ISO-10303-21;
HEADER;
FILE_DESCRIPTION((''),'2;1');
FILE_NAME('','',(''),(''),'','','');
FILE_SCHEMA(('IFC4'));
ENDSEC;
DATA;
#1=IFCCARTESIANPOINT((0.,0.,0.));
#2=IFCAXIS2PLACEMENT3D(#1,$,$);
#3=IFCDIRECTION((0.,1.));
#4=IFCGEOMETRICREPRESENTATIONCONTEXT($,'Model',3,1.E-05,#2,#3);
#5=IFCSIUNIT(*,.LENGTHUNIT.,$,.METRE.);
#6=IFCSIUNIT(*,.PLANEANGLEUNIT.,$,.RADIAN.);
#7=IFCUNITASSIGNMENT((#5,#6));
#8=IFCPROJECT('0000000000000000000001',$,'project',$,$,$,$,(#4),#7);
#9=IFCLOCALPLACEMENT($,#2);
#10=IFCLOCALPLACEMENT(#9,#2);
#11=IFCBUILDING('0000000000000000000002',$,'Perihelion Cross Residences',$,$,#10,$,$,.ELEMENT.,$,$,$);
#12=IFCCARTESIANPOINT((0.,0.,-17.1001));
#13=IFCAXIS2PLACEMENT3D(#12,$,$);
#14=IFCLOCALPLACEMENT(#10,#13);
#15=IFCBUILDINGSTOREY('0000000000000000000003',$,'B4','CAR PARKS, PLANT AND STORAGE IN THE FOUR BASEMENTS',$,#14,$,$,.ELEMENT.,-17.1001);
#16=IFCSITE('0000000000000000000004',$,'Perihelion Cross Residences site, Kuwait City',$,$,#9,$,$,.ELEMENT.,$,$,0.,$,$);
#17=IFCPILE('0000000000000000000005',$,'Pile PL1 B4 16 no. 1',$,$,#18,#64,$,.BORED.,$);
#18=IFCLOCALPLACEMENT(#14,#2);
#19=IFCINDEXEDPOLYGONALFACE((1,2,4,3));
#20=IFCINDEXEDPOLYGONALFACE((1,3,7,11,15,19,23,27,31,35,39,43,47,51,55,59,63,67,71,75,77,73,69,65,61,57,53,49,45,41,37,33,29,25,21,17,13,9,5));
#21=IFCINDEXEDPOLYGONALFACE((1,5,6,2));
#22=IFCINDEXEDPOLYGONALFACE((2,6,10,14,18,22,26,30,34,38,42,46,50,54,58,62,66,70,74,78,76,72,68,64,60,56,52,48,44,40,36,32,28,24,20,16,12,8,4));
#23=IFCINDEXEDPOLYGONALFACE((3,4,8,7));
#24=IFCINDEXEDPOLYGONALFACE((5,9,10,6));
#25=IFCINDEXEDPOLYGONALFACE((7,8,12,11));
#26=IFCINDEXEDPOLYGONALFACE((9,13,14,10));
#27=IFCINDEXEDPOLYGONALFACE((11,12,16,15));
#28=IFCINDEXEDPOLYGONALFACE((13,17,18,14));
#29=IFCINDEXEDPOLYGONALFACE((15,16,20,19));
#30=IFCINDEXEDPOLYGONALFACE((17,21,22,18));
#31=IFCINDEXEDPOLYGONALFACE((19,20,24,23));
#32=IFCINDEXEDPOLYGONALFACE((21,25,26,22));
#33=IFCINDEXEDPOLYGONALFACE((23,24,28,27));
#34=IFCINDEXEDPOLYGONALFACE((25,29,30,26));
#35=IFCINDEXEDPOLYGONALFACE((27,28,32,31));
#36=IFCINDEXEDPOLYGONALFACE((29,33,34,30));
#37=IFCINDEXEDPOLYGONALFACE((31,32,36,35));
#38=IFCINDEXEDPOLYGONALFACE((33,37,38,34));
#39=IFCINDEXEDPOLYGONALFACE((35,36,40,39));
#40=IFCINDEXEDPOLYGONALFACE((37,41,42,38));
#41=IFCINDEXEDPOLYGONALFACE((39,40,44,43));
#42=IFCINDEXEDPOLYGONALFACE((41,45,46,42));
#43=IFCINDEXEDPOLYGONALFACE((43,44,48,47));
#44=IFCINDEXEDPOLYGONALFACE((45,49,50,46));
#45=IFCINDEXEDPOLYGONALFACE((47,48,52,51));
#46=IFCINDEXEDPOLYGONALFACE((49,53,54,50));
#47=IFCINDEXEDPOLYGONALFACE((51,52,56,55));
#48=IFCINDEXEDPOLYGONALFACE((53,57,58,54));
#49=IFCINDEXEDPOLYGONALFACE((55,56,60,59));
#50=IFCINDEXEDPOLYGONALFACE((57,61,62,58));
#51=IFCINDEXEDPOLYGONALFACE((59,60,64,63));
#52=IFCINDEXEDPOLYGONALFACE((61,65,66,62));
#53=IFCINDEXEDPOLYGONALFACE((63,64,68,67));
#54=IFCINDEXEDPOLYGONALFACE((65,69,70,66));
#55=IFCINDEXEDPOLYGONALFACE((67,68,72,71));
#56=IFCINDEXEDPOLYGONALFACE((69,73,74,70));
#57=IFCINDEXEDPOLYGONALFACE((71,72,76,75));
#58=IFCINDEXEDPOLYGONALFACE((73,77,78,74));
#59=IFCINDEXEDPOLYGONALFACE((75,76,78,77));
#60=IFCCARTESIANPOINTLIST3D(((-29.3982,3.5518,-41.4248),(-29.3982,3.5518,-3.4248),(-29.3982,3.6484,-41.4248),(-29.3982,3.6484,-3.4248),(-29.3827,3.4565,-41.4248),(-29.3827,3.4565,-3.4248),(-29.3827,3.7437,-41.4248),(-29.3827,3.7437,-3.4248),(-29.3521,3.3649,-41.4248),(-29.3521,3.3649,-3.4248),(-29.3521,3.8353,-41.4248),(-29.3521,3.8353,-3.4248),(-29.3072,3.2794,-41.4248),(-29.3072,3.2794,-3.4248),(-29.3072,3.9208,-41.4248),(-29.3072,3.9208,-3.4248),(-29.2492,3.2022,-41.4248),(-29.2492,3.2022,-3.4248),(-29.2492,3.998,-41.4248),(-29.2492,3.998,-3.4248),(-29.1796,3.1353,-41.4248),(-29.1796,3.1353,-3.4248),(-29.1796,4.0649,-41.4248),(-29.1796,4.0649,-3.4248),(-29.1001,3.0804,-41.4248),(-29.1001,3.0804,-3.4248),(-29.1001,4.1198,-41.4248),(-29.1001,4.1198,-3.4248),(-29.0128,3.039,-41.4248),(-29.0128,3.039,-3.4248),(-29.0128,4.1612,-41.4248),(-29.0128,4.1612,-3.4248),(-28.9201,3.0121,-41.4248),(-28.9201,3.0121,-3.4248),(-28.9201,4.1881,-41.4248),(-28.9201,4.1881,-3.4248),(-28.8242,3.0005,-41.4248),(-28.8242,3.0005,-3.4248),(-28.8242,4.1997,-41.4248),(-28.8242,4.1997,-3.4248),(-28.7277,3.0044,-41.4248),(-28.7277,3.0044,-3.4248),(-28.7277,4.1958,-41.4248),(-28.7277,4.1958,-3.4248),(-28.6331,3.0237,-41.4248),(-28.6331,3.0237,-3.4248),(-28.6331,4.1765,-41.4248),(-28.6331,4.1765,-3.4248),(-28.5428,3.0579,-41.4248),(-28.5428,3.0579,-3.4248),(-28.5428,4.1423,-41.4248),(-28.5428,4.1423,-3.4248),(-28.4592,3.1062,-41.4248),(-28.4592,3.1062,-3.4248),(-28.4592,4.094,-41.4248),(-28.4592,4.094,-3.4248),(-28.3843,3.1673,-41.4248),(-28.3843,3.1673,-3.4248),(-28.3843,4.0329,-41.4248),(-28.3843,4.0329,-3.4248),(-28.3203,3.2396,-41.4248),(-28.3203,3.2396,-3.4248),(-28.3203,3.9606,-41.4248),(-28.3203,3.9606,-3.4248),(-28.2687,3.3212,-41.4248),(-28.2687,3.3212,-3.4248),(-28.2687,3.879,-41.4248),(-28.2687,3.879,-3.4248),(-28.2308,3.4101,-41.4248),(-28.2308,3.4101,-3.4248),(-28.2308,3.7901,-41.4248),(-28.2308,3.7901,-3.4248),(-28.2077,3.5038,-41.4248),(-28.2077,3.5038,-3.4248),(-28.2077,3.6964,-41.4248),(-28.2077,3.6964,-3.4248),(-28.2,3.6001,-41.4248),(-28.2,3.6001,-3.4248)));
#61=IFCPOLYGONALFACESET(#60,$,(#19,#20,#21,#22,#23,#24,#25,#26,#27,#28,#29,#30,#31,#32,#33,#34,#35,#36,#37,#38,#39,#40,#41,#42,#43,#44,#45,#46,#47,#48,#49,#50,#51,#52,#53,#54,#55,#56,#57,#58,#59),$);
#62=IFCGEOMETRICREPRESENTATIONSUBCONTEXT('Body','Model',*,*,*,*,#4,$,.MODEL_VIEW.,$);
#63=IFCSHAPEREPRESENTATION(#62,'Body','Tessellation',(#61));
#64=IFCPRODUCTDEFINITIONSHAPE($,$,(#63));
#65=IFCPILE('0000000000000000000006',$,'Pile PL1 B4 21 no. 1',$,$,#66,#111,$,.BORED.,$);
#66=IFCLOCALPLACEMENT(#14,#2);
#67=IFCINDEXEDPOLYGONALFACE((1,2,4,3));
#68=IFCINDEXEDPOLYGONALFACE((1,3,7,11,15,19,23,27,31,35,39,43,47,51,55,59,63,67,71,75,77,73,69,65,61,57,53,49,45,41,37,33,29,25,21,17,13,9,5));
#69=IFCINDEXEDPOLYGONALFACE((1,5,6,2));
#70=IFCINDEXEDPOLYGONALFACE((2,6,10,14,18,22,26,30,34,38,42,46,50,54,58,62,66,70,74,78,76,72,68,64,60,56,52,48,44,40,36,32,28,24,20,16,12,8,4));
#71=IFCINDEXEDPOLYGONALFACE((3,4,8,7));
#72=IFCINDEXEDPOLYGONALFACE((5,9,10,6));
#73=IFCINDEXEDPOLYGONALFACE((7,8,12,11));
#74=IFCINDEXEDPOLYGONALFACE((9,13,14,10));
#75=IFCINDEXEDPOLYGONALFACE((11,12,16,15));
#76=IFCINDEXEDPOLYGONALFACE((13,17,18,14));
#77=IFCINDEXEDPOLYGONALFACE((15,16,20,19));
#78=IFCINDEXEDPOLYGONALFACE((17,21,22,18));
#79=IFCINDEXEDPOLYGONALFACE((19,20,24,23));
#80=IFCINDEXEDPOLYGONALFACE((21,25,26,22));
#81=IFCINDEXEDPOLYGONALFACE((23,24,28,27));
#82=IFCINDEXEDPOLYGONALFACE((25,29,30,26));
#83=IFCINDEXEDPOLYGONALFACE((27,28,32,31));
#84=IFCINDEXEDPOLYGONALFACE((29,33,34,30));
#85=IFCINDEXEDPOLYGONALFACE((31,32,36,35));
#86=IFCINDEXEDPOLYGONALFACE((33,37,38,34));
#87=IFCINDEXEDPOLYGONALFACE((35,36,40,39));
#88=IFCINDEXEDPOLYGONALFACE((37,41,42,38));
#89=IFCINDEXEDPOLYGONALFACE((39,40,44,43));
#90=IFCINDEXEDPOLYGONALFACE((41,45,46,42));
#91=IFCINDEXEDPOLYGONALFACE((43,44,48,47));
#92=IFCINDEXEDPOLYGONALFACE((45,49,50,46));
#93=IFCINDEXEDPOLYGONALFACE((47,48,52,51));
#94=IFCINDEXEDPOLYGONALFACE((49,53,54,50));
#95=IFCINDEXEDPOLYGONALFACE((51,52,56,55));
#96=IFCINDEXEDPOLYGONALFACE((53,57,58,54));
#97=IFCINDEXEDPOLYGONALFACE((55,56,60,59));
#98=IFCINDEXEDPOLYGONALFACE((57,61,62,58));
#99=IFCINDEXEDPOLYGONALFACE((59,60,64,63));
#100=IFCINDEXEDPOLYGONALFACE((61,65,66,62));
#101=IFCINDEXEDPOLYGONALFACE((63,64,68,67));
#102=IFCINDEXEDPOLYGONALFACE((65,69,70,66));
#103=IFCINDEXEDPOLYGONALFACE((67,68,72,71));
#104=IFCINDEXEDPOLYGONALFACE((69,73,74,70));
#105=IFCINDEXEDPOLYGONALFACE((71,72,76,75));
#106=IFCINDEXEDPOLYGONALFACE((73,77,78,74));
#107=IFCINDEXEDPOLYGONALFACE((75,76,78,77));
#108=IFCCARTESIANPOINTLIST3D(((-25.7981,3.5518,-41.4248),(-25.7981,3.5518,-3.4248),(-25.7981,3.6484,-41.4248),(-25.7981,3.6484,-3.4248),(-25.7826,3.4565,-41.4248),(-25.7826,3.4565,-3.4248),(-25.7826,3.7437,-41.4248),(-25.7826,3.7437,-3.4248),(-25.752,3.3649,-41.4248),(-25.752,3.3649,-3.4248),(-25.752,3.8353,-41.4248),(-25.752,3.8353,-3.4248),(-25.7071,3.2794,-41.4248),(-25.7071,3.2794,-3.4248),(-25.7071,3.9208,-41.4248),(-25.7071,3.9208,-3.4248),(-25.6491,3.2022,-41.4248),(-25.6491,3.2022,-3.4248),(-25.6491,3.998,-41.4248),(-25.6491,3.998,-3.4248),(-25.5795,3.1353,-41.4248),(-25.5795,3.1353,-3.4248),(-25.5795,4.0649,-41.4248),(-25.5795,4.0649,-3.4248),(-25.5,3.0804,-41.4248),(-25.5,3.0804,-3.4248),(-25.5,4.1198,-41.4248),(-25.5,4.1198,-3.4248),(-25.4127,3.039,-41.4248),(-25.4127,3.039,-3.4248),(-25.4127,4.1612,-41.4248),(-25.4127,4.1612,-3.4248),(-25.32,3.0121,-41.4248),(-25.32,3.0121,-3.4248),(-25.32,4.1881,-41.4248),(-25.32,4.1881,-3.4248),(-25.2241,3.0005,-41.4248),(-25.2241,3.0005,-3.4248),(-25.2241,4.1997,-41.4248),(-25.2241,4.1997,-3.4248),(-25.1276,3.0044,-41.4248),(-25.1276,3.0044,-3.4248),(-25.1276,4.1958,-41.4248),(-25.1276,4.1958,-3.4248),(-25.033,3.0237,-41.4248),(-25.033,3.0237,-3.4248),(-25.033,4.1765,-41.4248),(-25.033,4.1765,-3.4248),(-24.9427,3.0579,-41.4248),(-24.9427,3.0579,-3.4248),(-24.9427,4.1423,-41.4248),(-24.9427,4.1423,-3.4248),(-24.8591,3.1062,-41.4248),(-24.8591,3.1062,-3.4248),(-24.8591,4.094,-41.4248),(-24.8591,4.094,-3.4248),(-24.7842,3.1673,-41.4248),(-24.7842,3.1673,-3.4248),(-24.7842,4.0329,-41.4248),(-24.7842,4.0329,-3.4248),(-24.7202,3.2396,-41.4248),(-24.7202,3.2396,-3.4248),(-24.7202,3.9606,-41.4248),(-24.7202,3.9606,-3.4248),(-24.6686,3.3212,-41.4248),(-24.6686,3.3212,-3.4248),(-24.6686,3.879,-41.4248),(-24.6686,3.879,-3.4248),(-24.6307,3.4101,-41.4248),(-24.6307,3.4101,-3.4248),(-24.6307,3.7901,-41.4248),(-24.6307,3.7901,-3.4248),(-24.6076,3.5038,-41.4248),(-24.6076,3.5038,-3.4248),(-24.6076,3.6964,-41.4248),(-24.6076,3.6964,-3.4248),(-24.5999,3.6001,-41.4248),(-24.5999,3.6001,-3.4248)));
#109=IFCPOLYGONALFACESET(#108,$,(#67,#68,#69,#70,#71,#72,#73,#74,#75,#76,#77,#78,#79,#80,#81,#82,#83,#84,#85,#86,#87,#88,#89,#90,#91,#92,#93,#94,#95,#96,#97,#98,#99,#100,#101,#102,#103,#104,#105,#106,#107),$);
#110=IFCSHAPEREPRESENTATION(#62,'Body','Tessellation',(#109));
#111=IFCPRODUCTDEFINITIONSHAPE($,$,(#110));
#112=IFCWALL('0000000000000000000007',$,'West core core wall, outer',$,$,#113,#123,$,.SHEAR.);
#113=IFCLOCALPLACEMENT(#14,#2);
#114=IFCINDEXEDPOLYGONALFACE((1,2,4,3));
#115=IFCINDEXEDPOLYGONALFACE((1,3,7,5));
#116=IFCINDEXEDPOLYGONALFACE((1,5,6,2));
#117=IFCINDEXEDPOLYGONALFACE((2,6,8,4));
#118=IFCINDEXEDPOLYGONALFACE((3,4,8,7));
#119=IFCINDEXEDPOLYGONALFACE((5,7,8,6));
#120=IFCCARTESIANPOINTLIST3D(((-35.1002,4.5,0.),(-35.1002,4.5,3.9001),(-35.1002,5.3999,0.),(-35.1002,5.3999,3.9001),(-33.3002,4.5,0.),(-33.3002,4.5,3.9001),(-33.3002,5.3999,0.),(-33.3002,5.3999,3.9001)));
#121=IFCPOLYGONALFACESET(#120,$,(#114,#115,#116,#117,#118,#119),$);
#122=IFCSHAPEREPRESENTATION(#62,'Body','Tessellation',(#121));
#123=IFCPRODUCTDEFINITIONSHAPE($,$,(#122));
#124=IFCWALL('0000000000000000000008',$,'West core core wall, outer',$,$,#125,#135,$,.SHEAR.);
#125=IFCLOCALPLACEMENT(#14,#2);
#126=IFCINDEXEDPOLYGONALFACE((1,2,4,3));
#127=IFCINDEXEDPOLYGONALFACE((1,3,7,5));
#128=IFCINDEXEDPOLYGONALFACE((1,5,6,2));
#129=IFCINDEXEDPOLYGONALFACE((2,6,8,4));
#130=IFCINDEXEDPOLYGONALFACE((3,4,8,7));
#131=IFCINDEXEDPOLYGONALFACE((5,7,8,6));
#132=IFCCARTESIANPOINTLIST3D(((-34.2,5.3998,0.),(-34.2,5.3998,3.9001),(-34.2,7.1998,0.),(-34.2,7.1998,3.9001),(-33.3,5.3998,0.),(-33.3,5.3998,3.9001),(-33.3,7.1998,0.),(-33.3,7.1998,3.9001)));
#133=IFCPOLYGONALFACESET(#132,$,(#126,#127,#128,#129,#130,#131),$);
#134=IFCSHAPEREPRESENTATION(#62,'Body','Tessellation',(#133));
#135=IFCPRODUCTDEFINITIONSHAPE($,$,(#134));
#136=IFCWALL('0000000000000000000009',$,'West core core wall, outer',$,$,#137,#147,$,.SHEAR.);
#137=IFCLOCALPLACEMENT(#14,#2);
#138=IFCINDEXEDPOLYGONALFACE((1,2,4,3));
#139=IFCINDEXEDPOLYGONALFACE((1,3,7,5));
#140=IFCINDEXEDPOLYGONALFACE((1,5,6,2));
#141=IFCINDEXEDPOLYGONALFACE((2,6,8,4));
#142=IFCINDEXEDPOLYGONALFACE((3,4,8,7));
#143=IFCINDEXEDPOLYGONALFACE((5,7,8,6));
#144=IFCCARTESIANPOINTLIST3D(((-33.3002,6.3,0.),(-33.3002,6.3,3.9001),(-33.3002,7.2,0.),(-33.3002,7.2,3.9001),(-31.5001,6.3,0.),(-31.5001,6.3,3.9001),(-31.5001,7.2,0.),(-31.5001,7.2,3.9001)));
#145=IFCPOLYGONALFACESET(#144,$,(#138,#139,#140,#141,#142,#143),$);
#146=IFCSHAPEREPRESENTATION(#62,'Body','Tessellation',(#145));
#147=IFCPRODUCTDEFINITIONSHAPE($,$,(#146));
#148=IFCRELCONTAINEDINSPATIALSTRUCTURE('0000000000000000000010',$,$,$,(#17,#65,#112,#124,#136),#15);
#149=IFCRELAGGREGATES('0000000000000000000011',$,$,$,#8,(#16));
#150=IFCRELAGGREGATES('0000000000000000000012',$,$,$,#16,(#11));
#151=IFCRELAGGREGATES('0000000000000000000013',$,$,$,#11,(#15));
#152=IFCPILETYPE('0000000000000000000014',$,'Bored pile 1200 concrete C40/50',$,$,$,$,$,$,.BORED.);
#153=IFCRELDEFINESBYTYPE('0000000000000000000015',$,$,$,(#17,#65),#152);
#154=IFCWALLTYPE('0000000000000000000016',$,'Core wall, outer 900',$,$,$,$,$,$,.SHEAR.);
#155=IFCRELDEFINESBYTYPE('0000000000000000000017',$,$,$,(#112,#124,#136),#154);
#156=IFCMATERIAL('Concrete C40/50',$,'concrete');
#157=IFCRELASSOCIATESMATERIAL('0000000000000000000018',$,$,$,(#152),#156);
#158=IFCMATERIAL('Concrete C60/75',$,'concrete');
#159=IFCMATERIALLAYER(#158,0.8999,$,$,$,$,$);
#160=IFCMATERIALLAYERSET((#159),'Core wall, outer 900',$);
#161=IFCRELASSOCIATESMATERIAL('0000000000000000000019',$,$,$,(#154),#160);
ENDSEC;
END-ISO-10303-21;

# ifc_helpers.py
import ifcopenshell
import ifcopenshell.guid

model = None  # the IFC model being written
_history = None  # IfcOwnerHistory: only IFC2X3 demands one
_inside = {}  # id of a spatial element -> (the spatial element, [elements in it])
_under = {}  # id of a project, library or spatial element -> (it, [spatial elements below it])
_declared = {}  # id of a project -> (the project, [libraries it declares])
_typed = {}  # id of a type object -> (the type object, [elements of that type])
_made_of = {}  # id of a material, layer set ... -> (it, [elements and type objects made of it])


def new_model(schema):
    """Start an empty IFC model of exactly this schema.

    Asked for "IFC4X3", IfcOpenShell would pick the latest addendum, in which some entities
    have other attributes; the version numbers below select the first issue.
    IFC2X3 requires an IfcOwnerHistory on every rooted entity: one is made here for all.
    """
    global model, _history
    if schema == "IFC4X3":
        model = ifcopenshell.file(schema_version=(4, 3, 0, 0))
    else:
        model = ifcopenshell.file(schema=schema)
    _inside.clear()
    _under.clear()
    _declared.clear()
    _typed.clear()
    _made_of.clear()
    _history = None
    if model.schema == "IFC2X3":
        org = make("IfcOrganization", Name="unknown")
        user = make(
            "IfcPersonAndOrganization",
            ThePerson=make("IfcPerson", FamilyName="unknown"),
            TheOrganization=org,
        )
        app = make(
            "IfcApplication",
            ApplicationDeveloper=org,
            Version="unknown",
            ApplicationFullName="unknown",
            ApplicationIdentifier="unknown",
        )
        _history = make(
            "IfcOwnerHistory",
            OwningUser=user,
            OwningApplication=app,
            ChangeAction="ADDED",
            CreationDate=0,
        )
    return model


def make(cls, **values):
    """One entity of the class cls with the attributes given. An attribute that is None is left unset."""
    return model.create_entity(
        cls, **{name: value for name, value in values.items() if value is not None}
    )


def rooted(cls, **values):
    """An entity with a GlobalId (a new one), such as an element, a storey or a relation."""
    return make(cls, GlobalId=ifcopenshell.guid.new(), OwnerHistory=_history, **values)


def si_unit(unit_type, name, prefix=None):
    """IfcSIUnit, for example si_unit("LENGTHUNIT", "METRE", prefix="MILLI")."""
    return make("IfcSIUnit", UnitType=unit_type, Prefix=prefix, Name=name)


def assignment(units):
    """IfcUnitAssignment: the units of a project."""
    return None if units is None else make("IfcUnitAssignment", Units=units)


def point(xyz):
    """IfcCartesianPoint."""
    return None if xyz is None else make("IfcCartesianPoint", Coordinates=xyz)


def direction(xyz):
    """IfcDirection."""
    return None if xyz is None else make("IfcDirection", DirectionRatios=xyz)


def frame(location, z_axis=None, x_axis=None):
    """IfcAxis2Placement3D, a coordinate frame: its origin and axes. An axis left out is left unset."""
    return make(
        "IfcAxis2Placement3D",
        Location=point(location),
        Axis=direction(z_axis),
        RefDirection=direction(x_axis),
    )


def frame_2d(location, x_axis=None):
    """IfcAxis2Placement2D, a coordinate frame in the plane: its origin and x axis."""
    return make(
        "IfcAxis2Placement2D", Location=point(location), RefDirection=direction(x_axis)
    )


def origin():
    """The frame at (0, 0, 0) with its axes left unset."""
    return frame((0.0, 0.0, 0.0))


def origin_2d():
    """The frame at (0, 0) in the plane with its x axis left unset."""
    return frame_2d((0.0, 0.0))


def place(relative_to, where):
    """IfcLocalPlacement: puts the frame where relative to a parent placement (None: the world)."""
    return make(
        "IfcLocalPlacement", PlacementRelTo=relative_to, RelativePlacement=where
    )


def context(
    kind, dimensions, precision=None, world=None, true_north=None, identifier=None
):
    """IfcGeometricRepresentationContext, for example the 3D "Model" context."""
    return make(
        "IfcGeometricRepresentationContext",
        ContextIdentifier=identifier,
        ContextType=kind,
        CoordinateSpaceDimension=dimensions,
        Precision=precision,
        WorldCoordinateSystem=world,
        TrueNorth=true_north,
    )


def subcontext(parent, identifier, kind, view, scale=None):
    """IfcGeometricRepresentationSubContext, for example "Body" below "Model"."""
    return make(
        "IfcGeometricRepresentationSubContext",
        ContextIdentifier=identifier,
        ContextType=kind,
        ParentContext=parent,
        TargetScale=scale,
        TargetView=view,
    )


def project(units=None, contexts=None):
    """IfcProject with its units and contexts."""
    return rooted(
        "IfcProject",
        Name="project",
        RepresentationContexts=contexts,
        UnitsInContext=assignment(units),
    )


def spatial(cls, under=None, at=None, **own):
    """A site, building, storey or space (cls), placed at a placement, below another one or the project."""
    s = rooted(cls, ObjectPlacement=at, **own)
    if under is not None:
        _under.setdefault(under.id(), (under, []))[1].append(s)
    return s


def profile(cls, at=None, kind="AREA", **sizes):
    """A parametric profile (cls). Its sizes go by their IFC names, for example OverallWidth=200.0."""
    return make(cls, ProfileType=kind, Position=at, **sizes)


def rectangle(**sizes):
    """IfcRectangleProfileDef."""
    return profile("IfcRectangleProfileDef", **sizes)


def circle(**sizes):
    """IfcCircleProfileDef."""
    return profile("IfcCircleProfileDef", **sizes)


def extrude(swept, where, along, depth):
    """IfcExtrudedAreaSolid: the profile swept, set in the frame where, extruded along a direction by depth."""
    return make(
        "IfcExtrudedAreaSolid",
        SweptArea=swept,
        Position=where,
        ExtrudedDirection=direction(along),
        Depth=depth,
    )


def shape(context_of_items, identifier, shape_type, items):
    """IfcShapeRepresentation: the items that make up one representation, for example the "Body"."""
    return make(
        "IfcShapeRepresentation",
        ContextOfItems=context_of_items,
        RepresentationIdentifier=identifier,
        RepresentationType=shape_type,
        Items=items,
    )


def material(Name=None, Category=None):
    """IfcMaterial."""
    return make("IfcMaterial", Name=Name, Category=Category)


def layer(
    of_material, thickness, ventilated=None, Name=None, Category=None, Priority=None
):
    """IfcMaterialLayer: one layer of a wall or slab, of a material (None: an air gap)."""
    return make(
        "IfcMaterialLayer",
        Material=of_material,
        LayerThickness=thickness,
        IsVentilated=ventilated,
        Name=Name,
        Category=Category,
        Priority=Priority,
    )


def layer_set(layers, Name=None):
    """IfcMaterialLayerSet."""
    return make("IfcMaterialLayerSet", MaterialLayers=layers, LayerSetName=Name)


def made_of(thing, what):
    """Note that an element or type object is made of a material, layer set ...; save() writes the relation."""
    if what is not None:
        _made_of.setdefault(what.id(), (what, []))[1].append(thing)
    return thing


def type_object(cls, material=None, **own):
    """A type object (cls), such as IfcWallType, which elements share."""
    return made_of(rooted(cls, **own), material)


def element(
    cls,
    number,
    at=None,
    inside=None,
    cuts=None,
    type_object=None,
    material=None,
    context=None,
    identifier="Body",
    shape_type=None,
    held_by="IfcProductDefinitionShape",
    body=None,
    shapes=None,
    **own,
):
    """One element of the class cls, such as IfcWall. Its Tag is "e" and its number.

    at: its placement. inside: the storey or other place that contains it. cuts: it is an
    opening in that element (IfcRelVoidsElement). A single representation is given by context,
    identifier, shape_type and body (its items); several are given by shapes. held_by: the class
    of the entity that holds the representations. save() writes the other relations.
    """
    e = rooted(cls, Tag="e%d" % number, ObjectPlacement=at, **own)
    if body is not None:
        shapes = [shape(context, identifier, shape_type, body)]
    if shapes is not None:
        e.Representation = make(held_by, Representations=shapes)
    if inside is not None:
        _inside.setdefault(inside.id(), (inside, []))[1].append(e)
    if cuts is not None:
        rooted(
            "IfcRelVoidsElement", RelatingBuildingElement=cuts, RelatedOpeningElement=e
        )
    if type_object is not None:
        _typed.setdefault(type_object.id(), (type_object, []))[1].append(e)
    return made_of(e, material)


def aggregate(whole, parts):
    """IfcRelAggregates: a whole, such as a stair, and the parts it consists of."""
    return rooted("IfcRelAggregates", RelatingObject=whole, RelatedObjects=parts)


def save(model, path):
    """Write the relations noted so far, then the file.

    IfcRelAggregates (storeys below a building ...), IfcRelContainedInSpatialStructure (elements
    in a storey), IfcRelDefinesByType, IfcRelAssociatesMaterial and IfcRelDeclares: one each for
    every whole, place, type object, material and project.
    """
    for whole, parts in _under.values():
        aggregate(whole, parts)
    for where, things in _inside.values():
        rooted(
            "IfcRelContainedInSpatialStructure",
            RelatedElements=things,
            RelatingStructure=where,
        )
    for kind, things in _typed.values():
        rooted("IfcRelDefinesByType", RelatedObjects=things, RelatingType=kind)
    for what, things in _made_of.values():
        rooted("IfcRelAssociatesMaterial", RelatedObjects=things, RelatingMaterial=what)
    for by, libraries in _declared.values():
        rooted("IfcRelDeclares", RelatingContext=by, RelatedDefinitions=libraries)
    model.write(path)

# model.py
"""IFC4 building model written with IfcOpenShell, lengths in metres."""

from ifc_helpers import new_model, si_unit, direction, frame, frame_2d, origin, origin_2d, place, context, subcontext, project, spatial, rectangle, circle, extrude, material, layer, layer_set, type_object, element, save


model = new_model("IFC4")

# Units and contexts
model_context = context("Model", 3, precision=1e-05, world=origin(), true_north=direction((0.0, 1.0)))
body_context = subcontext(model_context, "Body", "Model", "MODEL_VIEW")
ifc_project = project(units=[si_unit("LENGTHUNIT", "METRE"), si_unit("PLANEANGLEUNIT", "RADIAN")], contexts=[model_context])

# Site, building, storey
site_placement = place(None, origin())
site = spatial("IfcSite", under=ifc_project, at=site_placement, Name="Perihelion Cross Residences site, Kuwait City", CompositionType="ELEMENT", RefElevation=0.0)
building_placement = place(site_placement, origin())
building = spatial("IfcBuilding", under=site, at=building_placement, Name="Perihelion Cross Residences", CompositionType="ELEMENT")
storey_placement = place(building_placement, frame((0.0, 0.0, -17.1001)))
storey = spatial("IfcBuildingStorey", under=building, at=storey_placement, Name="B4", Description="CAR PARKS, PLANT AND STORAGE IN THE FOUR BASEMENTS", CompositionType="ELEMENT", Elevation=-17.1001)

# Piles
ifc_material_1 = material(Name="Concrete C40/50", Category="concrete")
pile_type = type_object("IfcPileType", Name="Bored pile 1200 concrete C40/50", PredefinedType="BORED", material=ifc_material_1)
for number, where, z_axis, x_axis, name in (
    (1, (-28.8, 3.6001, -3.4248), (0.0, 0.0, -1.0), (1.0, 0.0, 0.0), "Pile PL1 B4 16 no. 1"),
    (2, (-25.2, 3.6001, -3.4248), (0.0, 0.0, -1.0), (1.0, 0.0, 0.0), "Pile PL1 B4 21 no. 1"),
):
    element("IfcPile", number, at=place(storey_placement, frame(where, z_axis=z_axis, x_axis=x_axis)), inside=storey, type_object=pile_type, Name=name, PredefinedType="BORED", context=body_context, shape_type="SweptSolid", body=[
        extrude(circle(Radius=0.6001, at=origin_2d()), origin(), (0.0, 0.0, 1.0), 38.0),
    ])

# Walls
ifc_material_2 = material(Name="Concrete C60/75", Category="concrete")
ifc_layer_1 = layer(ifc_material_2, 0.8999)
ifc_layer_set_1 = layer_set([ifc_layer_1], Name="Core wall, outer 900")
wall_type_1 = type_object("IfcWallType", Name="Core wall, outer 900", PredefinedType="SHEAR", material=ifc_layer_set_1)
for number, where, z_axis, x_axis, name in (
    (3, (-35.1001, 4.95, 0.0), (0.0, 0.0, 1.0), (1.0, 0.0, 0.0), "West core core wall, outer"),
    (4, (-33.75, 5.3999, 0.0), (0.0, 0.0, 1.0), (0.0, 1.0, 0.0), "West core core wall, outer"),
    (5, (-33.3, 6.75, 0.0), (0.0, 0.0, 1.0), (1.0, 0.0, 0.0), "West core core wall, outer"),
):
    element("IfcWall", number, at=place(storey_placement, frame(where, z_axis=z_axis, x_axis=x_axis)), inside=storey, type_object=wall_type_1, Name=name, PredefinedType="SHEAR", context=body_context, shape_type="SweptSolid", body=[
        extrude(rectangle(XDim=1.8, YDim=0.8999, at=frame_2d((0.8999, 0.0))), origin(), (0.0, 0.0, 1.0), 3.9001),
    ])

save(model, "model.ifc")
